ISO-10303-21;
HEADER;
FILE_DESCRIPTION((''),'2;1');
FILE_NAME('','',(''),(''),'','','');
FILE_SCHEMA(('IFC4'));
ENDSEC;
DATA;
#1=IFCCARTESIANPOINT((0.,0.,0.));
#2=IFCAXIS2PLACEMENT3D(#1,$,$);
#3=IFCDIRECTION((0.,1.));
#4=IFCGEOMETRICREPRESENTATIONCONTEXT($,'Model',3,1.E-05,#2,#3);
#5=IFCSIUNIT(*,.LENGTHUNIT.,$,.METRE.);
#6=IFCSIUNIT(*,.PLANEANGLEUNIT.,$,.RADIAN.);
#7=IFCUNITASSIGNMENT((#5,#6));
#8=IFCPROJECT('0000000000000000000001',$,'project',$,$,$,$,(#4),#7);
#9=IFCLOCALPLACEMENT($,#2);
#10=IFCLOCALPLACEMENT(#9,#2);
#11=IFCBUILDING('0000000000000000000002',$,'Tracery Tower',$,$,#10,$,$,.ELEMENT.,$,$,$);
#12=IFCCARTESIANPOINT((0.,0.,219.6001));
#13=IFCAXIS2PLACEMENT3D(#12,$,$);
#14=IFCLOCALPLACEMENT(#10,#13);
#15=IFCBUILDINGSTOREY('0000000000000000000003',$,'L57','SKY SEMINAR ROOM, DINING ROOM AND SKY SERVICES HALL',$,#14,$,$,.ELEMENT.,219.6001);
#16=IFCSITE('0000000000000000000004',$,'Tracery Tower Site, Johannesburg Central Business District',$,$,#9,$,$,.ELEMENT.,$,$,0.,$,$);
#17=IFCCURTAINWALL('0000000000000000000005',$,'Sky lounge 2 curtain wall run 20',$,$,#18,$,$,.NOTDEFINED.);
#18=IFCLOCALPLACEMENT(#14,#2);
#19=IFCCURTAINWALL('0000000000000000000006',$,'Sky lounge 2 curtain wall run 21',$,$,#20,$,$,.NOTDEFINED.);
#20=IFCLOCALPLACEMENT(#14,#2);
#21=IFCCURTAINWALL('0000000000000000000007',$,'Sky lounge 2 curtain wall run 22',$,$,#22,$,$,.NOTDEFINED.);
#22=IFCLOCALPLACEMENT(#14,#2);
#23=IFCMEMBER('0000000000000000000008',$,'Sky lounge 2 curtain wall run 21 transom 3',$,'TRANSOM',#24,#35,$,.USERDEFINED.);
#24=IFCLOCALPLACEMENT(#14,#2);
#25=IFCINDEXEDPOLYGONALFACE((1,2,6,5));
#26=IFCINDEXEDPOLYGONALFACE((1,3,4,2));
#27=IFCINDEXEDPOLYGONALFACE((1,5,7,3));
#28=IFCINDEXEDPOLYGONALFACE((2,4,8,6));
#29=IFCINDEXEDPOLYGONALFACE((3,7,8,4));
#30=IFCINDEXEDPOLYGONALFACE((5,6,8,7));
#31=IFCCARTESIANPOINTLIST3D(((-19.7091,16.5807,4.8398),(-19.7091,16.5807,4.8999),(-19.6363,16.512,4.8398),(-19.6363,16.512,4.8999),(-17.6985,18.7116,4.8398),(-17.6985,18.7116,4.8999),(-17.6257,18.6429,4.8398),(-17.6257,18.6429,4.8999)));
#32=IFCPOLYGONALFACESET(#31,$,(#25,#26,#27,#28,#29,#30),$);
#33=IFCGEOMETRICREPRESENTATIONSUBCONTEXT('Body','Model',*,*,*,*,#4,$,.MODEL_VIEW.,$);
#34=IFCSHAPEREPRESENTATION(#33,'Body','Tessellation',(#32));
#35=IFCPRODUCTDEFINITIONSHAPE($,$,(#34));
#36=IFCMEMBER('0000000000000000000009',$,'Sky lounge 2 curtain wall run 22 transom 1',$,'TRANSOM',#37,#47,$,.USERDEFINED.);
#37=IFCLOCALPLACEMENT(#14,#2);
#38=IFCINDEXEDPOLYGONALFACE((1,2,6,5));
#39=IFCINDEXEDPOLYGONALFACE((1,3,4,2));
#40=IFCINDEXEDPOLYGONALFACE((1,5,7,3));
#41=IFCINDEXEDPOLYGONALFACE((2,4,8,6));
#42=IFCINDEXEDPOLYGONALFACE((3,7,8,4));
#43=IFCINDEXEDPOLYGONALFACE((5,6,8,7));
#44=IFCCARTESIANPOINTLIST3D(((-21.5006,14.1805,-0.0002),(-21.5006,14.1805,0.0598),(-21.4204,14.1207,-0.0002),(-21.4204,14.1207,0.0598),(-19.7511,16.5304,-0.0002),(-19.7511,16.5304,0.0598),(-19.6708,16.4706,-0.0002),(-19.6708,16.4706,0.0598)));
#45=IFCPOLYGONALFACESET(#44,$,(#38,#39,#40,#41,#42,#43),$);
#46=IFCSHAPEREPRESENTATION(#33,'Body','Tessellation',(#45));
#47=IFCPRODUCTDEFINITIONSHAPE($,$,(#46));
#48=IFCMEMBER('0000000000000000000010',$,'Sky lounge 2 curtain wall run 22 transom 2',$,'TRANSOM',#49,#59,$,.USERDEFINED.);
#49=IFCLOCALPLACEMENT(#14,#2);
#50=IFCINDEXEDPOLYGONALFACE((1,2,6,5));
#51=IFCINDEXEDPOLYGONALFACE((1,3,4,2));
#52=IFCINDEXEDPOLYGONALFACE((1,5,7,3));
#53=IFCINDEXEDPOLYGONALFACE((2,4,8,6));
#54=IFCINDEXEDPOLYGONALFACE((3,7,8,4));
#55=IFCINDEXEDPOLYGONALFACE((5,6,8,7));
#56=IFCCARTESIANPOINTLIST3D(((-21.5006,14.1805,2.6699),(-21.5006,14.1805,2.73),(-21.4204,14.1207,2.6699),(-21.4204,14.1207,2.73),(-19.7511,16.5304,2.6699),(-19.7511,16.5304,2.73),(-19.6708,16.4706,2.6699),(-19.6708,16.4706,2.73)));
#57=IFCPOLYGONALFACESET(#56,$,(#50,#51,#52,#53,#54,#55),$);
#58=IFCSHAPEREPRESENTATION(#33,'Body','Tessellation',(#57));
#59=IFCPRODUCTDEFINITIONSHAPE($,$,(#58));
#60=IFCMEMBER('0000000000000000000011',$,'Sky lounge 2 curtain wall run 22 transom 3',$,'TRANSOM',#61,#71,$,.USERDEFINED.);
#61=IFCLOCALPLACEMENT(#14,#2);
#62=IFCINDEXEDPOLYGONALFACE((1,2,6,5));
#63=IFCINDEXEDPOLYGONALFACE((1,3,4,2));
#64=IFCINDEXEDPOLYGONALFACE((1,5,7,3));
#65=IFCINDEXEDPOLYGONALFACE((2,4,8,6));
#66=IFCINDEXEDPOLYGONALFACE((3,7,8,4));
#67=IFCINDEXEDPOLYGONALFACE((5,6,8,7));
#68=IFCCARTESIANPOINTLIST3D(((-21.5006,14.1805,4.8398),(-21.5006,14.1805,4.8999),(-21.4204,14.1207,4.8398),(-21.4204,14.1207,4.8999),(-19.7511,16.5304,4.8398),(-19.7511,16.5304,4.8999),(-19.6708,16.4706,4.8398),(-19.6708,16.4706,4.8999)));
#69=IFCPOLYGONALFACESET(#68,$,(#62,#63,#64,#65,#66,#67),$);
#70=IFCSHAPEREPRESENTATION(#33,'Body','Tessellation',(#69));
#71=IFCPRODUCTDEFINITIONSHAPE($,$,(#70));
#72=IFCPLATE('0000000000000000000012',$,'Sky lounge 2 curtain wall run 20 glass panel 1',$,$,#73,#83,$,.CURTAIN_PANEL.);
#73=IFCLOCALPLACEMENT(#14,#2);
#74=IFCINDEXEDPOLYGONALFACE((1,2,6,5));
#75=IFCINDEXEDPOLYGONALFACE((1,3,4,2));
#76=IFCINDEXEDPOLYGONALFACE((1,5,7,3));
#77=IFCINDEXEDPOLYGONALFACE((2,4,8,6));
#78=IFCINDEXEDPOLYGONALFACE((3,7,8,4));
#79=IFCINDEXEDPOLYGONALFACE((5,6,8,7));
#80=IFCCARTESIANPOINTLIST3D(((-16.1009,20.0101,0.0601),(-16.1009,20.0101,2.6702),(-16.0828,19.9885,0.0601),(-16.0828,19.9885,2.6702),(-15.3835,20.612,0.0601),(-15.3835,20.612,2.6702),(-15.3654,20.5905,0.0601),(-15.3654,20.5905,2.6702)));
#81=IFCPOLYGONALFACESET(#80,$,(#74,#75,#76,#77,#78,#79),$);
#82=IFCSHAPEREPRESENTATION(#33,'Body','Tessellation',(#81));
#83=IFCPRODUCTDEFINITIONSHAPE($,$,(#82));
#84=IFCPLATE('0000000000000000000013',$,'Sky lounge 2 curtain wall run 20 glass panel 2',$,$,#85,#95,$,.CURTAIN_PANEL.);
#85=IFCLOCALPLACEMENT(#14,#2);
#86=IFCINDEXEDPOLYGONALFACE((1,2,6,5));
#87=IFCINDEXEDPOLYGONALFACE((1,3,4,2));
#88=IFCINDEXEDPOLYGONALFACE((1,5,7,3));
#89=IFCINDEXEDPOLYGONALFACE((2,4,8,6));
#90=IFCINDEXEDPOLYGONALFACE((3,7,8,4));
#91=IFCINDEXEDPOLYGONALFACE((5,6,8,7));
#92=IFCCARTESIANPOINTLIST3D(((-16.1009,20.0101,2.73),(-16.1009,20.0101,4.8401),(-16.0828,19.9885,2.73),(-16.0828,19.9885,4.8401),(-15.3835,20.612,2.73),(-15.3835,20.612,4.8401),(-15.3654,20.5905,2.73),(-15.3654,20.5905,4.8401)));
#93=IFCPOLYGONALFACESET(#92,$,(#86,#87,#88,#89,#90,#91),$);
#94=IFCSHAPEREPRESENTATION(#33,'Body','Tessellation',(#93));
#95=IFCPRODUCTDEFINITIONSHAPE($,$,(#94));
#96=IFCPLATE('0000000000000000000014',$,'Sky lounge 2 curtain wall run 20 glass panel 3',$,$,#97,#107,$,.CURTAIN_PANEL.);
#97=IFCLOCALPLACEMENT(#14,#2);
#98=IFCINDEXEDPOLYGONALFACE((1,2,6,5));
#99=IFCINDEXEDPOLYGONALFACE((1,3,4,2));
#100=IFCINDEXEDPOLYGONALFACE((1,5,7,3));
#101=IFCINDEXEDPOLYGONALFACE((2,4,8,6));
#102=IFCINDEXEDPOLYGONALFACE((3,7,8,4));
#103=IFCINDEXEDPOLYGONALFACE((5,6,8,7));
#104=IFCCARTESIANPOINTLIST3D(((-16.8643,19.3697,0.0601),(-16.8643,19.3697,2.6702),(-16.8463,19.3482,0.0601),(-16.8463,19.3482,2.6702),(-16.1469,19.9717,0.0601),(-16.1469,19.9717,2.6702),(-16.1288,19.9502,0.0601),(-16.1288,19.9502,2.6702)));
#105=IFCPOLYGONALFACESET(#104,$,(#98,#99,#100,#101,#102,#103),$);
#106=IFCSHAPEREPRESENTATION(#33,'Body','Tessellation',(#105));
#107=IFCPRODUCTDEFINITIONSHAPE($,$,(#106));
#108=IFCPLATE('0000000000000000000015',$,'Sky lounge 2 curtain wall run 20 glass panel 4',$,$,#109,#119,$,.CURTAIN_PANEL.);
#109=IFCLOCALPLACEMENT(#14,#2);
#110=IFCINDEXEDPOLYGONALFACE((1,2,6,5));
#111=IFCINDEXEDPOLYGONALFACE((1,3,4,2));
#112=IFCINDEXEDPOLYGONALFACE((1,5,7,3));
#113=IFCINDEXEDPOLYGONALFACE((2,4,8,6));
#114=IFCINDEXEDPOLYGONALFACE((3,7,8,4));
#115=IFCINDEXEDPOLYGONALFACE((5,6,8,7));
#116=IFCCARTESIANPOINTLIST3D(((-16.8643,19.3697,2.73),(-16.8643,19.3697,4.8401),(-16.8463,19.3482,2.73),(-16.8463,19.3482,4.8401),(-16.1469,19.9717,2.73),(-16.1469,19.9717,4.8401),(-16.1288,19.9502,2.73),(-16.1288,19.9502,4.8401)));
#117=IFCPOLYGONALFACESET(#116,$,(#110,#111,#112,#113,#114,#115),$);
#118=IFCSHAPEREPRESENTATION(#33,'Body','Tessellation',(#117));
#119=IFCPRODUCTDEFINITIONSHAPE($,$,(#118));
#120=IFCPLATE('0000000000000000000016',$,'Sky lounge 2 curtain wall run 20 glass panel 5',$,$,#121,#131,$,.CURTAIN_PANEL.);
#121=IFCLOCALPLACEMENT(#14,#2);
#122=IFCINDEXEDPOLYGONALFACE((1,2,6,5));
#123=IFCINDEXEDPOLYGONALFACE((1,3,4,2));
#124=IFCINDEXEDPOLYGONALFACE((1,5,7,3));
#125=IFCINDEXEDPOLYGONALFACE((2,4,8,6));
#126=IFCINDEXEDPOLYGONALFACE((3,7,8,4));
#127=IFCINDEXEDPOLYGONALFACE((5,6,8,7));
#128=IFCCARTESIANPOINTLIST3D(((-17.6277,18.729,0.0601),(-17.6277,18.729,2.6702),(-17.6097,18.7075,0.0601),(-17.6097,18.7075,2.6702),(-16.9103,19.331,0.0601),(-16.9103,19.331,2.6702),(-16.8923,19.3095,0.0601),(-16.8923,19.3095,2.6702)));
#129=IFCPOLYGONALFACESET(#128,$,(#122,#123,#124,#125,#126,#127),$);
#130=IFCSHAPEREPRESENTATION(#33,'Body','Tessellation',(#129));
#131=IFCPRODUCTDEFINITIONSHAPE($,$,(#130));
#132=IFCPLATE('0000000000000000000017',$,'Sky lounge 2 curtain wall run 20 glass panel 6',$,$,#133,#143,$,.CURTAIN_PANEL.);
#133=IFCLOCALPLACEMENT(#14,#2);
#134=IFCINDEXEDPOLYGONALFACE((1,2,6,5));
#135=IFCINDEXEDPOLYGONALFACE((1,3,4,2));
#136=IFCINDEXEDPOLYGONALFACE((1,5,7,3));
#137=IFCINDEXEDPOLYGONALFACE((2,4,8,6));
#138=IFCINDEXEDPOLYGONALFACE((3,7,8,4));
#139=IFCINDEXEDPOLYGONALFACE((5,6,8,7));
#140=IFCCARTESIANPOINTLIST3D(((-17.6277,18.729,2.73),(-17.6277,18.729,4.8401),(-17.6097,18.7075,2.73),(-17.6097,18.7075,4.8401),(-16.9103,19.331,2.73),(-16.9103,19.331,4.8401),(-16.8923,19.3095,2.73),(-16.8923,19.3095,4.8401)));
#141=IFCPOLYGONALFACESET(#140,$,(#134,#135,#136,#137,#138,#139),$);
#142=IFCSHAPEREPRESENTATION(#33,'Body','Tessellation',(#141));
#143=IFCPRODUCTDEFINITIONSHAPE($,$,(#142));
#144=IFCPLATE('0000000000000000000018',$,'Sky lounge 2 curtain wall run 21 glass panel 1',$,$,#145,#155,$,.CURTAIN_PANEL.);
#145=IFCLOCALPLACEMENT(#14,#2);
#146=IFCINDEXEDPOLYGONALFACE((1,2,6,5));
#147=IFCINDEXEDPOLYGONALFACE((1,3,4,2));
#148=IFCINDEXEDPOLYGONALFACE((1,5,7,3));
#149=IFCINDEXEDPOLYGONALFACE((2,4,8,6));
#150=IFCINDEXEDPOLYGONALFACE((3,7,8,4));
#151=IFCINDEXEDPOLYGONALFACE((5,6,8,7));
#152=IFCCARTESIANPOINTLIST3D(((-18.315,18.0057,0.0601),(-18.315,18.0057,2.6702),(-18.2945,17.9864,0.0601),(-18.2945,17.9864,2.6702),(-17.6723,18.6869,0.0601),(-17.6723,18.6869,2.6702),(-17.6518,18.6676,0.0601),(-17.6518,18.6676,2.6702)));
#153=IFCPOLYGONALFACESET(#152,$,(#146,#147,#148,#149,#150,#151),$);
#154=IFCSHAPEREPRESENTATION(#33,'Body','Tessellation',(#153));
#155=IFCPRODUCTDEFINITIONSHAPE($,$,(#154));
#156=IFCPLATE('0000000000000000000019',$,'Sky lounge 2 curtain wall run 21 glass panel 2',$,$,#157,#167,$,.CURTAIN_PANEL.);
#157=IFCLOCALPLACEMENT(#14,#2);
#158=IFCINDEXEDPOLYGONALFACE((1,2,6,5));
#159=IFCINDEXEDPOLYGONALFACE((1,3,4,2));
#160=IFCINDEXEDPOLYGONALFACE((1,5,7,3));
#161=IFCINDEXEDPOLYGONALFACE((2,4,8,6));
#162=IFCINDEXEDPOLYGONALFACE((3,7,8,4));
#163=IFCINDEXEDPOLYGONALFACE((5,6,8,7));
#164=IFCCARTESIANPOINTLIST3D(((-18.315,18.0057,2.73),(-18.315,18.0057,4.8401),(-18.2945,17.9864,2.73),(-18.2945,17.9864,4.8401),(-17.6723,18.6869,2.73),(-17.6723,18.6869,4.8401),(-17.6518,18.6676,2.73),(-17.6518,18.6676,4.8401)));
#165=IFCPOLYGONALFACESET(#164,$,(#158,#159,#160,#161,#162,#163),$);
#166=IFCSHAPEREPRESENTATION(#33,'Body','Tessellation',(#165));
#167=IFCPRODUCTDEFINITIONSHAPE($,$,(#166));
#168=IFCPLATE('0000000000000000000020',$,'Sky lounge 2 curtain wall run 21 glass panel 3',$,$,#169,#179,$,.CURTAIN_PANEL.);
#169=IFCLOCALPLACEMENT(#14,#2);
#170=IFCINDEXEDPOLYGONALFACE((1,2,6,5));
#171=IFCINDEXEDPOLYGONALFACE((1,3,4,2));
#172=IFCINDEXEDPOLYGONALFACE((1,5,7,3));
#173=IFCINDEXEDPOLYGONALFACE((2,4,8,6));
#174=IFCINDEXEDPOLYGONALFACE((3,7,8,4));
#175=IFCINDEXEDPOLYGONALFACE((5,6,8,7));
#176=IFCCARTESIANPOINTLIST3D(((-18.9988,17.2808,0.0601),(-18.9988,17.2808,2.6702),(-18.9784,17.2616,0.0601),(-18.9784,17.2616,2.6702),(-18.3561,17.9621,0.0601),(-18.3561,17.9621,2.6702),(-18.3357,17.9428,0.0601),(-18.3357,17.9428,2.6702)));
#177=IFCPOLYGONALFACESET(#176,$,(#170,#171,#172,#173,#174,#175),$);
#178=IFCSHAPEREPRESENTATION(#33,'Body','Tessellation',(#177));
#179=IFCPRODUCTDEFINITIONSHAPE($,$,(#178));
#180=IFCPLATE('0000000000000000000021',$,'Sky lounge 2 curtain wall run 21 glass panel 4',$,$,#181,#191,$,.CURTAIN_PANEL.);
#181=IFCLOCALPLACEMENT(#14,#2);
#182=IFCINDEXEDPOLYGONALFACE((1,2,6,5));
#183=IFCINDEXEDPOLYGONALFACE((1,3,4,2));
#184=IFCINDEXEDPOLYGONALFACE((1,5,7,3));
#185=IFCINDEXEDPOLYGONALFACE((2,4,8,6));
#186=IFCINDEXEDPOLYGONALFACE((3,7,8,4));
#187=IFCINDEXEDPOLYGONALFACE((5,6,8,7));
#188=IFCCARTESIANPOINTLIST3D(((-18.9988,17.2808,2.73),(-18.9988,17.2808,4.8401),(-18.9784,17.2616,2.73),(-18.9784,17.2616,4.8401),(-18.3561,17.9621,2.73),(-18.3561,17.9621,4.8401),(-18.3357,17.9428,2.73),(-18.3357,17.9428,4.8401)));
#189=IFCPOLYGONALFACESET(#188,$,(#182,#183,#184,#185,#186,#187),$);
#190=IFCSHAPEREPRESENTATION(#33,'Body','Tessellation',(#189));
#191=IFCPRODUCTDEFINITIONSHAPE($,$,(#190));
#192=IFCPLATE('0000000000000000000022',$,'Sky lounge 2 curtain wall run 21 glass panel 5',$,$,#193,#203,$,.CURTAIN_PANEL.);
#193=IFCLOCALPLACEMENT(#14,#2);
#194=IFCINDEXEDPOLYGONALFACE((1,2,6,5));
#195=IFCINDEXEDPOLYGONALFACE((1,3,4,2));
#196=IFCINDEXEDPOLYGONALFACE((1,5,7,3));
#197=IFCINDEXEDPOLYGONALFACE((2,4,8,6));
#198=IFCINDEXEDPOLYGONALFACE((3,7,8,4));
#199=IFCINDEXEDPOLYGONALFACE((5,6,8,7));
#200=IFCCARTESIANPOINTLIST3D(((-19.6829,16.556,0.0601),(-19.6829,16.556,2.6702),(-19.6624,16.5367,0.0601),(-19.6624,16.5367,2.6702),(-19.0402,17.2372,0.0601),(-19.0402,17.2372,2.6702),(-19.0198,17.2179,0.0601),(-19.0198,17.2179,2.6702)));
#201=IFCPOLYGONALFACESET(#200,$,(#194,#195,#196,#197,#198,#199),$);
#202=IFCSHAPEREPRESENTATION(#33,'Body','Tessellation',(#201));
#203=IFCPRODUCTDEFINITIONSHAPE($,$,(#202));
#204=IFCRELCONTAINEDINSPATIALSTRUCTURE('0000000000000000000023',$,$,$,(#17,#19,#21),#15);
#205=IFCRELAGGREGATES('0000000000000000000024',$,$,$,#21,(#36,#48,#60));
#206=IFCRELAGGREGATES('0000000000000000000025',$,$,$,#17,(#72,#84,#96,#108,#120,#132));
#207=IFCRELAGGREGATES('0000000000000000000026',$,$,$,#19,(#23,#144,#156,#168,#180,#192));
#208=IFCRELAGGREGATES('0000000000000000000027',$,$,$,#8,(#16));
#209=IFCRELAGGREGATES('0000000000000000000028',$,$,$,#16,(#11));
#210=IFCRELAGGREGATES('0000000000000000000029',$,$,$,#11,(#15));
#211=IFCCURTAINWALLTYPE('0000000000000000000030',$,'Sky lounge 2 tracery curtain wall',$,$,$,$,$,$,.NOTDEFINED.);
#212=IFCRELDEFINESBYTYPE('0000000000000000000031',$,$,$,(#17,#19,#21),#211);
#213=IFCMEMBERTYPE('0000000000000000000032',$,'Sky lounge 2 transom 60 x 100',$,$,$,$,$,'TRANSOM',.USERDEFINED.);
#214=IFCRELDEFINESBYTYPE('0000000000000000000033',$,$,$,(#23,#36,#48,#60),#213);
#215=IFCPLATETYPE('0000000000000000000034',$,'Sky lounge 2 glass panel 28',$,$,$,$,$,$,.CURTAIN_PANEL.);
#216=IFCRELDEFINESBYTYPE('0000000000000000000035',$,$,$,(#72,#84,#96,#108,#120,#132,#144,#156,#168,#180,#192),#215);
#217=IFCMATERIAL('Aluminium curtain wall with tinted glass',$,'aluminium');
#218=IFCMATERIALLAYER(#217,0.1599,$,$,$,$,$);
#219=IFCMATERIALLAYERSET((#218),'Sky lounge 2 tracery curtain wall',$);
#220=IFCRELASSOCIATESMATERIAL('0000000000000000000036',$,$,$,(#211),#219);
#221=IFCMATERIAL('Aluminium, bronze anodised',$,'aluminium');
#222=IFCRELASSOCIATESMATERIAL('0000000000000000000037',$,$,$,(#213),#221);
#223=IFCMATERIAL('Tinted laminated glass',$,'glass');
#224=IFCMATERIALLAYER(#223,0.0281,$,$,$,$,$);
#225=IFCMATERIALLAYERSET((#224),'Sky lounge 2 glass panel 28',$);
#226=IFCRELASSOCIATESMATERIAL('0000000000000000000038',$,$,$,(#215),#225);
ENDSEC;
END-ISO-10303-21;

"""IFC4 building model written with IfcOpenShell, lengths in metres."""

from ifc_helpers import new_model, si_unit, direction, frame, origin, origin_2d, place, context, subcontext, project, spatial, rectangle, extrude, material, layer, layer_set, material_profile, profile_set, type_object, element, aggregate, save


model = new_model("IFC4")

# Units and contexts
model_context = context("Model", 3, precision=1e-05, world=origin(), true_north=direction((0.0, 1.0)))
body_context = subcontext(model_context, "Body", "Model", "MODEL_VIEW")
ifc_project = project(units=[si_unit("LENGTHUNIT", "METRE"), si_unit("PLANEANGLEUNIT", "RADIAN")], contexts=[model_context])

# Site, building, storey
site_placement = place(None, origin())
site = spatial("IfcSite", under=ifc_project, at=site_placement, Name="Tracery Tower Site, Johannesburg Central Business District", CompositionType="ELEMENT", RefElevation=0.0)
building_placement = place(site_placement, origin())
building = spatial("IfcBuilding", under=site, at=building_placement, Name="Tracery Tower", CompositionType="ELEMENT")
storey_placement = place(building_placement, frame((0.0, 0.0, 219.6001)))
storey = spatial("IfcBuildingStorey", under=building, at=storey_placement, Name="L57", Description="SKY SEMINAR ROOM, DINING ROOM AND SKY SERVICES HALL", CompositionType="ELEMENT", Elevation=219.6001)

# Curtain walls
ifc_material_1 = material(Name="Aluminium curtain wall with tinted glass", Category="aluminium")
ifc_layer_1 = layer(ifc_material_1, 0.1599)
ifc_layer_set_1 = layer_set([ifc_layer_1], Name="Sky lounge 2 tracery curtain wall")
curtain_wall_type = type_object("IfcCurtainWallType", Name="Sky lounge 2 tracery curtain wall", PredefinedType="NOTDEFINED", material=ifc_layer_set_1)
curtain_wall_1_placement = place(storey_placement, origin())
curtain_wall_1 = element("IfcCurtainWall", 1, at=curtain_wall_1_placement, inside=storey, type_object=curtain_wall_type, Name="Sky lounge 2 curtain wall run 20", PredefinedType="NOTDEFINED")
curtain_wall_2_placement = place(storey_placement, origin())
curtain_wall_2 = element("IfcCurtainWall", 2, at=curtain_wall_2_placement, inside=storey, type_object=curtain_wall_type, Name="Sky lounge 2 curtain wall run 21", PredefinedType="NOTDEFINED")

# Curtain wall
curtain_wall_3_placement = place(storey_placement, origin())
curtain_wall_3 = element("IfcCurtainWall", 3, at=curtain_wall_3_placement, inside=storey, type_object=curtain_wall_type, Name="Sky lounge 2 curtain wall run 22", PredefinedType="NOTDEFINED")

# Members
ifc_material_2 = material(Name="Aluminium, bronze anodised", Category="aluminium")
ifc_material_profile_1 = material_profile(ifc_material_2, rectangle(XDim=0.1001, YDim=0.0601, at=origin_2d()), Name="AL 60x100")
ifc_profile_set_1 = profile_set([ifc_material_profile_1], Name="Aluminium, bronze anodised")
member_type_1 = type_object("IfcMemberType", Name="Sky lounge 2 transom 60 x 100", ElementType="TRANSOM", PredefinedType="USERDEFINED", material=ifc_profile_set_1)
member_1_placement = place(storey_placement, frame((-17.6621, 18.6772, 4.8699), z_axis=(-0.686266, -0.72735, 0.0), x_axis=(0.72735, -0.686266, 0.0)))
member_1 = element("IfcMember", 4, at=member_1_placement, type_object=member_type_1, Name="Sky lounge 2 curtain wall run 21 transom 3", ObjectType="TRANSOM", PredefinedType="USERDEFINED", context=body_context, shape_type="SweptSolid", body=[
    extrude(rectangle(XDim=0.1001, YDim=0.0601, at=origin_2d()), origin(), (0.0, 0.0, 1.0), 2.9297),
])
member_2_placement = place(storey_placement, frame((-19.7109, 16.5005, 0.0298), z_axis=(-0.597183, -0.802105, 0.0), x_axis=(0.802105, -0.597183, 0.0)))
member_2 = element("IfcMember", 5, at=member_2_placement, type_object=member_type_1, Name="Sky lounge 2 curtain wall run 22 transom 1", ObjectType="TRANSOM", PredefinedType="USERDEFINED", context=body_context, shape_type="SweptSolid", body=[
    extrude(rectangle(XDim=0.1001, YDim=0.0601, at=origin_2d()), origin(), (0.0, 0.0, 1.0), 2.9297),
])
member_3_placement = place(storey_placement, frame((-19.7109, 16.5005, 2.7), z_axis=(-0.597183, -0.802105, 0.0), x_axis=(0.802105, -0.597183, 0.0)))
member_3 = element("IfcMember", 6, at=member_3_placement, type_object=member_type_1, Name="Sky lounge 2 curtain wall run 22 transom 2", ObjectType="TRANSOM", PredefinedType="USERDEFINED", context=body_context, shape_type="SweptSolid", body=[
    extrude(rectangle(XDim=0.1001, YDim=0.0601, at=origin_2d()), origin(), (0.0, 0.0, 1.0), 2.9297),
])
member_4_placement = place(storey_placement, frame((-19.7109, 16.5005, 4.8699), z_axis=(-0.597183, -0.802105, 0.0), x_axis=(0.802105, -0.597183, 0.0)))
member_4 = element("IfcMember", 7, at=member_4_placement, type_object=member_type_1, Name="Sky lounge 2 curtain wall run 22 transom 3", ObjectType="TRANSOM", PredefinedType="USERDEFINED", context=body_context, shape_type="SweptSolid", body=[
    extrude(rectangle(XDim=0.1001, YDim=0.0601, at=origin_2d()), origin(), (0.0, 0.0, 1.0), 2.9297),
])
aggregate(curtain_wall_3, [member_2, member_3, member_4])

# Plates
ifc_material_3 = material(Name="Tinted laminated glass", Category="glass")
ifc_layer_2 = layer(ifc_material_3, 0.0281)
ifc_layer_set_2 = layer_set([ifc_layer_2], Name="Sky lounge 2 glass panel 28")
plate_type = type_object("IfcPlateType", Name="Sky lounge 2 glass panel 28", PredefinedType="CURTAIN_PANEL", material=ifc_layer_set_2)
plate_1_placement = place(storey_placement, frame((-15.7332, 20.3003, 0.0601), z_axis=(0.0, 0.0, 1.0), x_axis=(-0.766044, -0.642788, 0.0)))
plate_1 = element("IfcPlate", 8, at=plate_1_placement, type_object=plate_type, Name="Sky lounge 2 curtain wall run 20 glass panel 1", PredefinedType="CURTAIN_PANEL", context=body_context, shape_type="SweptSolid", body=[
    extrude(rectangle(XDim=0.9365, YDim=0.0281, at=origin_2d()), origin(), (0.0, 0.0, 1.0), 2.6101),
])
plate_2_placement = place(storey_placement, frame((-15.7332, 20.3003, 2.73), z_axis=(0.0, 0.0, 1.0), x_axis=(-0.766044, -0.642788, 0.0)))
plate_2 = element("IfcPlate", 9, at=plate_2_placement, type_object=plate_type, Name="Sky lounge 2 curtain wall run 20 glass panel 2", PredefinedType="CURTAIN_PANEL", context=body_context, shape_type="SweptSolid", body=[
    extrude(rectangle(XDim=0.9365, YDim=0.0281, at=origin_2d()), origin(), (0.0, 0.0, 1.0), 2.1101),
])
plate_3_placement = place(storey_placement, frame((-16.4966, 19.6599, 0.0601), z_axis=(0.0, 0.0, 1.0), x_axis=(-0.766044, -0.642788, 0.0)))
plate_3 = element("IfcPlate", 10, at=plate_3_placement, type_object=plate_type, Name="Sky lounge 2 curtain wall run 20 glass panel 3", PredefinedType="CURTAIN_PANEL", context=body_context, shape_type="SweptSolid", body=[
    extrude(rectangle(XDim=0.9365, YDim=0.0281, at=origin_2d()), origin(), (0.0, 0.0, 1.0), 2.6101),
])
plate_4_placement = place(storey_placement, frame((-16.4966, 19.6599, 2.73), z_axis=(0.0, 0.0, 1.0), x_axis=(-0.766044, -0.642788, 0.0)))
plate_4 = element("IfcPlate", 11, at=plate_4_placement, type_object=plate_type, Name="Sky lounge 2 curtain wall run 20 glass panel 4", PredefinedType="CURTAIN_PANEL", context=body_context, shape_type="SweptSolid", body=[
    extrude(rectangle(XDim=0.9365, YDim=0.0281, at=origin_2d()), origin(), (0.0, 0.0, 1.0), 2.1101),
])
plate_5_placement = place(storey_placement, frame((-17.26, 19.0193, 0.0601), z_axis=(0.0, 0.0, 1.0), x_axis=(-0.766044, -0.642788, 0.0)))
plate_5 = element("IfcPlate", 12, at=plate_5_placement, type_object=plate_type, Name="Sky lounge 2 curtain wall run 20 glass panel 5", PredefinedType="CURTAIN_PANEL", context=body_context, shape_type="SweptSolid", body=[
    extrude(rectangle(XDim=0.9365, YDim=0.0281, at=origin_2d()), origin(), (0.0, 0.0, 1.0), 2.6101),
])
plate_6_placement = place(storey_placement, frame((-17.26, 19.0193, 2.73), z_axis=(0.0, 0.0, 1.0), x_axis=(-0.766044, -0.642788, 0.0)))
plate_6 = element("IfcPlate", 13, at=plate_6_placement, type_object=plate_type, Name="Sky lounge 2 curtain wall run 20 glass panel 6", PredefinedType="CURTAIN_PANEL", context=body_context, shape_type="SweptSolid", body=[
    extrude(rectangle(XDim=0.9365, YDim=0.0281, at=origin_2d()), origin(), (0.0, 0.0, 1.0), 2.1101),
])
aggregate(curtain_wall_1, [plate_1, plate_2, plate_3, plate_4, plate_5, plate_6])
plate_7_placement = place(storey_placement, frame((-17.9834, 18.3367, 0.0601), z_axis=(0.0, 0.0, 1.0), x_axis=(-0.686242, -0.727374, 0.0)))
plate_7 = element("IfcPlate", 14, at=plate_7_placement, type_object=plate_type, Name="Sky lounge 2 curtain wall run 21 glass panel 1", PredefinedType="CURTAIN_PANEL", context=body_context, shape_type="SweptSolid", body=[
    extrude(rectangle(XDim=0.9365, YDim=0.0281, at=origin_2d()), origin(), (0.0, 0.0, 1.0), 2.6101),
])
plate_8_placement = place(storey_placement, frame((-17.9834, 18.3367, 2.73), z_axis=(0.0, 0.0, 1.0), x_axis=(-0.686242, -0.727374, 0.0)))
plate_8 = element("IfcPlate", 15, at=plate_8_placement, type_object=plate_type, Name="Sky lounge 2 curtain wall run 21 glass panel 2", PredefinedType="CURTAIN_PANEL", context=body_context, shape_type="SweptSolid", body=[
    extrude(rectangle(XDim=0.9365, YDim=0.0281, at=origin_2d()), origin(), (0.0, 0.0, 1.0), 2.1101),
])
plate_9_placement = place(storey_placement, frame((-18.6672, 17.6118, 0.0601), z_axis=(0.0, 0.0, 1.0), x_axis=(-0.686242, -0.727374, 0.0)))
plate_9 = element("IfcPlate", 16, at=plate_9_placement, type_object=plate_type, Name="Sky lounge 2 curtain wall run 21 glass panel 3", PredefinedType="CURTAIN_PANEL", context=body_context, shape_type="SweptSolid", body=[
    extrude(rectangle(XDim=0.9365, YDim=0.0281, at=origin_2d()), origin(), (0.0, 0.0, 1.0), 2.6101),
])
plate_10_placement = place(storey_placement, frame((-18.6672, 17.6118, 2.73), z_axis=(0.0, 0.0, 1.0), x_axis=(-0.686242, -0.727374, 0.0)))
plate_10 = element("IfcPlate", 17, at=plate_10_placement, type_object=plate_type, Name="Sky lounge 2 curtain wall run 21 glass panel 4", PredefinedType="CURTAIN_PANEL", context=body_context, shape_type="SweptSolid", body=[
    extrude(rectangle(XDim=0.9365, YDim=0.0281, at=origin_2d()), origin(), (0.0, 0.0, 1.0), 2.1101),
])
plate_11_placement = place(storey_placement, frame((-19.3513, 16.887, 0.0601), z_axis=(0.0, 0.0, 1.0), x_axis=(-0.686242, -0.727374, 0.0)))
plate_11 = element("IfcPlate", 18, at=plate_11_placement, type_object=plate_type, Name="Sky lounge 2 curtain wall run 21 glass panel 5", PredefinedType="CURTAIN_PANEL", context=body_context, shape_type="SweptSolid", body=[
    extrude(rectangle(XDim=0.9365, YDim=0.0281, at=origin_2d()), origin(), (0.0, 0.0, 1.0), 2.6101),
])
aggregate(curtain_wall_2, [member_1, plate_7, plate_8, plate_9, plate_10, plate_11])

save(model, "model.ifc")
